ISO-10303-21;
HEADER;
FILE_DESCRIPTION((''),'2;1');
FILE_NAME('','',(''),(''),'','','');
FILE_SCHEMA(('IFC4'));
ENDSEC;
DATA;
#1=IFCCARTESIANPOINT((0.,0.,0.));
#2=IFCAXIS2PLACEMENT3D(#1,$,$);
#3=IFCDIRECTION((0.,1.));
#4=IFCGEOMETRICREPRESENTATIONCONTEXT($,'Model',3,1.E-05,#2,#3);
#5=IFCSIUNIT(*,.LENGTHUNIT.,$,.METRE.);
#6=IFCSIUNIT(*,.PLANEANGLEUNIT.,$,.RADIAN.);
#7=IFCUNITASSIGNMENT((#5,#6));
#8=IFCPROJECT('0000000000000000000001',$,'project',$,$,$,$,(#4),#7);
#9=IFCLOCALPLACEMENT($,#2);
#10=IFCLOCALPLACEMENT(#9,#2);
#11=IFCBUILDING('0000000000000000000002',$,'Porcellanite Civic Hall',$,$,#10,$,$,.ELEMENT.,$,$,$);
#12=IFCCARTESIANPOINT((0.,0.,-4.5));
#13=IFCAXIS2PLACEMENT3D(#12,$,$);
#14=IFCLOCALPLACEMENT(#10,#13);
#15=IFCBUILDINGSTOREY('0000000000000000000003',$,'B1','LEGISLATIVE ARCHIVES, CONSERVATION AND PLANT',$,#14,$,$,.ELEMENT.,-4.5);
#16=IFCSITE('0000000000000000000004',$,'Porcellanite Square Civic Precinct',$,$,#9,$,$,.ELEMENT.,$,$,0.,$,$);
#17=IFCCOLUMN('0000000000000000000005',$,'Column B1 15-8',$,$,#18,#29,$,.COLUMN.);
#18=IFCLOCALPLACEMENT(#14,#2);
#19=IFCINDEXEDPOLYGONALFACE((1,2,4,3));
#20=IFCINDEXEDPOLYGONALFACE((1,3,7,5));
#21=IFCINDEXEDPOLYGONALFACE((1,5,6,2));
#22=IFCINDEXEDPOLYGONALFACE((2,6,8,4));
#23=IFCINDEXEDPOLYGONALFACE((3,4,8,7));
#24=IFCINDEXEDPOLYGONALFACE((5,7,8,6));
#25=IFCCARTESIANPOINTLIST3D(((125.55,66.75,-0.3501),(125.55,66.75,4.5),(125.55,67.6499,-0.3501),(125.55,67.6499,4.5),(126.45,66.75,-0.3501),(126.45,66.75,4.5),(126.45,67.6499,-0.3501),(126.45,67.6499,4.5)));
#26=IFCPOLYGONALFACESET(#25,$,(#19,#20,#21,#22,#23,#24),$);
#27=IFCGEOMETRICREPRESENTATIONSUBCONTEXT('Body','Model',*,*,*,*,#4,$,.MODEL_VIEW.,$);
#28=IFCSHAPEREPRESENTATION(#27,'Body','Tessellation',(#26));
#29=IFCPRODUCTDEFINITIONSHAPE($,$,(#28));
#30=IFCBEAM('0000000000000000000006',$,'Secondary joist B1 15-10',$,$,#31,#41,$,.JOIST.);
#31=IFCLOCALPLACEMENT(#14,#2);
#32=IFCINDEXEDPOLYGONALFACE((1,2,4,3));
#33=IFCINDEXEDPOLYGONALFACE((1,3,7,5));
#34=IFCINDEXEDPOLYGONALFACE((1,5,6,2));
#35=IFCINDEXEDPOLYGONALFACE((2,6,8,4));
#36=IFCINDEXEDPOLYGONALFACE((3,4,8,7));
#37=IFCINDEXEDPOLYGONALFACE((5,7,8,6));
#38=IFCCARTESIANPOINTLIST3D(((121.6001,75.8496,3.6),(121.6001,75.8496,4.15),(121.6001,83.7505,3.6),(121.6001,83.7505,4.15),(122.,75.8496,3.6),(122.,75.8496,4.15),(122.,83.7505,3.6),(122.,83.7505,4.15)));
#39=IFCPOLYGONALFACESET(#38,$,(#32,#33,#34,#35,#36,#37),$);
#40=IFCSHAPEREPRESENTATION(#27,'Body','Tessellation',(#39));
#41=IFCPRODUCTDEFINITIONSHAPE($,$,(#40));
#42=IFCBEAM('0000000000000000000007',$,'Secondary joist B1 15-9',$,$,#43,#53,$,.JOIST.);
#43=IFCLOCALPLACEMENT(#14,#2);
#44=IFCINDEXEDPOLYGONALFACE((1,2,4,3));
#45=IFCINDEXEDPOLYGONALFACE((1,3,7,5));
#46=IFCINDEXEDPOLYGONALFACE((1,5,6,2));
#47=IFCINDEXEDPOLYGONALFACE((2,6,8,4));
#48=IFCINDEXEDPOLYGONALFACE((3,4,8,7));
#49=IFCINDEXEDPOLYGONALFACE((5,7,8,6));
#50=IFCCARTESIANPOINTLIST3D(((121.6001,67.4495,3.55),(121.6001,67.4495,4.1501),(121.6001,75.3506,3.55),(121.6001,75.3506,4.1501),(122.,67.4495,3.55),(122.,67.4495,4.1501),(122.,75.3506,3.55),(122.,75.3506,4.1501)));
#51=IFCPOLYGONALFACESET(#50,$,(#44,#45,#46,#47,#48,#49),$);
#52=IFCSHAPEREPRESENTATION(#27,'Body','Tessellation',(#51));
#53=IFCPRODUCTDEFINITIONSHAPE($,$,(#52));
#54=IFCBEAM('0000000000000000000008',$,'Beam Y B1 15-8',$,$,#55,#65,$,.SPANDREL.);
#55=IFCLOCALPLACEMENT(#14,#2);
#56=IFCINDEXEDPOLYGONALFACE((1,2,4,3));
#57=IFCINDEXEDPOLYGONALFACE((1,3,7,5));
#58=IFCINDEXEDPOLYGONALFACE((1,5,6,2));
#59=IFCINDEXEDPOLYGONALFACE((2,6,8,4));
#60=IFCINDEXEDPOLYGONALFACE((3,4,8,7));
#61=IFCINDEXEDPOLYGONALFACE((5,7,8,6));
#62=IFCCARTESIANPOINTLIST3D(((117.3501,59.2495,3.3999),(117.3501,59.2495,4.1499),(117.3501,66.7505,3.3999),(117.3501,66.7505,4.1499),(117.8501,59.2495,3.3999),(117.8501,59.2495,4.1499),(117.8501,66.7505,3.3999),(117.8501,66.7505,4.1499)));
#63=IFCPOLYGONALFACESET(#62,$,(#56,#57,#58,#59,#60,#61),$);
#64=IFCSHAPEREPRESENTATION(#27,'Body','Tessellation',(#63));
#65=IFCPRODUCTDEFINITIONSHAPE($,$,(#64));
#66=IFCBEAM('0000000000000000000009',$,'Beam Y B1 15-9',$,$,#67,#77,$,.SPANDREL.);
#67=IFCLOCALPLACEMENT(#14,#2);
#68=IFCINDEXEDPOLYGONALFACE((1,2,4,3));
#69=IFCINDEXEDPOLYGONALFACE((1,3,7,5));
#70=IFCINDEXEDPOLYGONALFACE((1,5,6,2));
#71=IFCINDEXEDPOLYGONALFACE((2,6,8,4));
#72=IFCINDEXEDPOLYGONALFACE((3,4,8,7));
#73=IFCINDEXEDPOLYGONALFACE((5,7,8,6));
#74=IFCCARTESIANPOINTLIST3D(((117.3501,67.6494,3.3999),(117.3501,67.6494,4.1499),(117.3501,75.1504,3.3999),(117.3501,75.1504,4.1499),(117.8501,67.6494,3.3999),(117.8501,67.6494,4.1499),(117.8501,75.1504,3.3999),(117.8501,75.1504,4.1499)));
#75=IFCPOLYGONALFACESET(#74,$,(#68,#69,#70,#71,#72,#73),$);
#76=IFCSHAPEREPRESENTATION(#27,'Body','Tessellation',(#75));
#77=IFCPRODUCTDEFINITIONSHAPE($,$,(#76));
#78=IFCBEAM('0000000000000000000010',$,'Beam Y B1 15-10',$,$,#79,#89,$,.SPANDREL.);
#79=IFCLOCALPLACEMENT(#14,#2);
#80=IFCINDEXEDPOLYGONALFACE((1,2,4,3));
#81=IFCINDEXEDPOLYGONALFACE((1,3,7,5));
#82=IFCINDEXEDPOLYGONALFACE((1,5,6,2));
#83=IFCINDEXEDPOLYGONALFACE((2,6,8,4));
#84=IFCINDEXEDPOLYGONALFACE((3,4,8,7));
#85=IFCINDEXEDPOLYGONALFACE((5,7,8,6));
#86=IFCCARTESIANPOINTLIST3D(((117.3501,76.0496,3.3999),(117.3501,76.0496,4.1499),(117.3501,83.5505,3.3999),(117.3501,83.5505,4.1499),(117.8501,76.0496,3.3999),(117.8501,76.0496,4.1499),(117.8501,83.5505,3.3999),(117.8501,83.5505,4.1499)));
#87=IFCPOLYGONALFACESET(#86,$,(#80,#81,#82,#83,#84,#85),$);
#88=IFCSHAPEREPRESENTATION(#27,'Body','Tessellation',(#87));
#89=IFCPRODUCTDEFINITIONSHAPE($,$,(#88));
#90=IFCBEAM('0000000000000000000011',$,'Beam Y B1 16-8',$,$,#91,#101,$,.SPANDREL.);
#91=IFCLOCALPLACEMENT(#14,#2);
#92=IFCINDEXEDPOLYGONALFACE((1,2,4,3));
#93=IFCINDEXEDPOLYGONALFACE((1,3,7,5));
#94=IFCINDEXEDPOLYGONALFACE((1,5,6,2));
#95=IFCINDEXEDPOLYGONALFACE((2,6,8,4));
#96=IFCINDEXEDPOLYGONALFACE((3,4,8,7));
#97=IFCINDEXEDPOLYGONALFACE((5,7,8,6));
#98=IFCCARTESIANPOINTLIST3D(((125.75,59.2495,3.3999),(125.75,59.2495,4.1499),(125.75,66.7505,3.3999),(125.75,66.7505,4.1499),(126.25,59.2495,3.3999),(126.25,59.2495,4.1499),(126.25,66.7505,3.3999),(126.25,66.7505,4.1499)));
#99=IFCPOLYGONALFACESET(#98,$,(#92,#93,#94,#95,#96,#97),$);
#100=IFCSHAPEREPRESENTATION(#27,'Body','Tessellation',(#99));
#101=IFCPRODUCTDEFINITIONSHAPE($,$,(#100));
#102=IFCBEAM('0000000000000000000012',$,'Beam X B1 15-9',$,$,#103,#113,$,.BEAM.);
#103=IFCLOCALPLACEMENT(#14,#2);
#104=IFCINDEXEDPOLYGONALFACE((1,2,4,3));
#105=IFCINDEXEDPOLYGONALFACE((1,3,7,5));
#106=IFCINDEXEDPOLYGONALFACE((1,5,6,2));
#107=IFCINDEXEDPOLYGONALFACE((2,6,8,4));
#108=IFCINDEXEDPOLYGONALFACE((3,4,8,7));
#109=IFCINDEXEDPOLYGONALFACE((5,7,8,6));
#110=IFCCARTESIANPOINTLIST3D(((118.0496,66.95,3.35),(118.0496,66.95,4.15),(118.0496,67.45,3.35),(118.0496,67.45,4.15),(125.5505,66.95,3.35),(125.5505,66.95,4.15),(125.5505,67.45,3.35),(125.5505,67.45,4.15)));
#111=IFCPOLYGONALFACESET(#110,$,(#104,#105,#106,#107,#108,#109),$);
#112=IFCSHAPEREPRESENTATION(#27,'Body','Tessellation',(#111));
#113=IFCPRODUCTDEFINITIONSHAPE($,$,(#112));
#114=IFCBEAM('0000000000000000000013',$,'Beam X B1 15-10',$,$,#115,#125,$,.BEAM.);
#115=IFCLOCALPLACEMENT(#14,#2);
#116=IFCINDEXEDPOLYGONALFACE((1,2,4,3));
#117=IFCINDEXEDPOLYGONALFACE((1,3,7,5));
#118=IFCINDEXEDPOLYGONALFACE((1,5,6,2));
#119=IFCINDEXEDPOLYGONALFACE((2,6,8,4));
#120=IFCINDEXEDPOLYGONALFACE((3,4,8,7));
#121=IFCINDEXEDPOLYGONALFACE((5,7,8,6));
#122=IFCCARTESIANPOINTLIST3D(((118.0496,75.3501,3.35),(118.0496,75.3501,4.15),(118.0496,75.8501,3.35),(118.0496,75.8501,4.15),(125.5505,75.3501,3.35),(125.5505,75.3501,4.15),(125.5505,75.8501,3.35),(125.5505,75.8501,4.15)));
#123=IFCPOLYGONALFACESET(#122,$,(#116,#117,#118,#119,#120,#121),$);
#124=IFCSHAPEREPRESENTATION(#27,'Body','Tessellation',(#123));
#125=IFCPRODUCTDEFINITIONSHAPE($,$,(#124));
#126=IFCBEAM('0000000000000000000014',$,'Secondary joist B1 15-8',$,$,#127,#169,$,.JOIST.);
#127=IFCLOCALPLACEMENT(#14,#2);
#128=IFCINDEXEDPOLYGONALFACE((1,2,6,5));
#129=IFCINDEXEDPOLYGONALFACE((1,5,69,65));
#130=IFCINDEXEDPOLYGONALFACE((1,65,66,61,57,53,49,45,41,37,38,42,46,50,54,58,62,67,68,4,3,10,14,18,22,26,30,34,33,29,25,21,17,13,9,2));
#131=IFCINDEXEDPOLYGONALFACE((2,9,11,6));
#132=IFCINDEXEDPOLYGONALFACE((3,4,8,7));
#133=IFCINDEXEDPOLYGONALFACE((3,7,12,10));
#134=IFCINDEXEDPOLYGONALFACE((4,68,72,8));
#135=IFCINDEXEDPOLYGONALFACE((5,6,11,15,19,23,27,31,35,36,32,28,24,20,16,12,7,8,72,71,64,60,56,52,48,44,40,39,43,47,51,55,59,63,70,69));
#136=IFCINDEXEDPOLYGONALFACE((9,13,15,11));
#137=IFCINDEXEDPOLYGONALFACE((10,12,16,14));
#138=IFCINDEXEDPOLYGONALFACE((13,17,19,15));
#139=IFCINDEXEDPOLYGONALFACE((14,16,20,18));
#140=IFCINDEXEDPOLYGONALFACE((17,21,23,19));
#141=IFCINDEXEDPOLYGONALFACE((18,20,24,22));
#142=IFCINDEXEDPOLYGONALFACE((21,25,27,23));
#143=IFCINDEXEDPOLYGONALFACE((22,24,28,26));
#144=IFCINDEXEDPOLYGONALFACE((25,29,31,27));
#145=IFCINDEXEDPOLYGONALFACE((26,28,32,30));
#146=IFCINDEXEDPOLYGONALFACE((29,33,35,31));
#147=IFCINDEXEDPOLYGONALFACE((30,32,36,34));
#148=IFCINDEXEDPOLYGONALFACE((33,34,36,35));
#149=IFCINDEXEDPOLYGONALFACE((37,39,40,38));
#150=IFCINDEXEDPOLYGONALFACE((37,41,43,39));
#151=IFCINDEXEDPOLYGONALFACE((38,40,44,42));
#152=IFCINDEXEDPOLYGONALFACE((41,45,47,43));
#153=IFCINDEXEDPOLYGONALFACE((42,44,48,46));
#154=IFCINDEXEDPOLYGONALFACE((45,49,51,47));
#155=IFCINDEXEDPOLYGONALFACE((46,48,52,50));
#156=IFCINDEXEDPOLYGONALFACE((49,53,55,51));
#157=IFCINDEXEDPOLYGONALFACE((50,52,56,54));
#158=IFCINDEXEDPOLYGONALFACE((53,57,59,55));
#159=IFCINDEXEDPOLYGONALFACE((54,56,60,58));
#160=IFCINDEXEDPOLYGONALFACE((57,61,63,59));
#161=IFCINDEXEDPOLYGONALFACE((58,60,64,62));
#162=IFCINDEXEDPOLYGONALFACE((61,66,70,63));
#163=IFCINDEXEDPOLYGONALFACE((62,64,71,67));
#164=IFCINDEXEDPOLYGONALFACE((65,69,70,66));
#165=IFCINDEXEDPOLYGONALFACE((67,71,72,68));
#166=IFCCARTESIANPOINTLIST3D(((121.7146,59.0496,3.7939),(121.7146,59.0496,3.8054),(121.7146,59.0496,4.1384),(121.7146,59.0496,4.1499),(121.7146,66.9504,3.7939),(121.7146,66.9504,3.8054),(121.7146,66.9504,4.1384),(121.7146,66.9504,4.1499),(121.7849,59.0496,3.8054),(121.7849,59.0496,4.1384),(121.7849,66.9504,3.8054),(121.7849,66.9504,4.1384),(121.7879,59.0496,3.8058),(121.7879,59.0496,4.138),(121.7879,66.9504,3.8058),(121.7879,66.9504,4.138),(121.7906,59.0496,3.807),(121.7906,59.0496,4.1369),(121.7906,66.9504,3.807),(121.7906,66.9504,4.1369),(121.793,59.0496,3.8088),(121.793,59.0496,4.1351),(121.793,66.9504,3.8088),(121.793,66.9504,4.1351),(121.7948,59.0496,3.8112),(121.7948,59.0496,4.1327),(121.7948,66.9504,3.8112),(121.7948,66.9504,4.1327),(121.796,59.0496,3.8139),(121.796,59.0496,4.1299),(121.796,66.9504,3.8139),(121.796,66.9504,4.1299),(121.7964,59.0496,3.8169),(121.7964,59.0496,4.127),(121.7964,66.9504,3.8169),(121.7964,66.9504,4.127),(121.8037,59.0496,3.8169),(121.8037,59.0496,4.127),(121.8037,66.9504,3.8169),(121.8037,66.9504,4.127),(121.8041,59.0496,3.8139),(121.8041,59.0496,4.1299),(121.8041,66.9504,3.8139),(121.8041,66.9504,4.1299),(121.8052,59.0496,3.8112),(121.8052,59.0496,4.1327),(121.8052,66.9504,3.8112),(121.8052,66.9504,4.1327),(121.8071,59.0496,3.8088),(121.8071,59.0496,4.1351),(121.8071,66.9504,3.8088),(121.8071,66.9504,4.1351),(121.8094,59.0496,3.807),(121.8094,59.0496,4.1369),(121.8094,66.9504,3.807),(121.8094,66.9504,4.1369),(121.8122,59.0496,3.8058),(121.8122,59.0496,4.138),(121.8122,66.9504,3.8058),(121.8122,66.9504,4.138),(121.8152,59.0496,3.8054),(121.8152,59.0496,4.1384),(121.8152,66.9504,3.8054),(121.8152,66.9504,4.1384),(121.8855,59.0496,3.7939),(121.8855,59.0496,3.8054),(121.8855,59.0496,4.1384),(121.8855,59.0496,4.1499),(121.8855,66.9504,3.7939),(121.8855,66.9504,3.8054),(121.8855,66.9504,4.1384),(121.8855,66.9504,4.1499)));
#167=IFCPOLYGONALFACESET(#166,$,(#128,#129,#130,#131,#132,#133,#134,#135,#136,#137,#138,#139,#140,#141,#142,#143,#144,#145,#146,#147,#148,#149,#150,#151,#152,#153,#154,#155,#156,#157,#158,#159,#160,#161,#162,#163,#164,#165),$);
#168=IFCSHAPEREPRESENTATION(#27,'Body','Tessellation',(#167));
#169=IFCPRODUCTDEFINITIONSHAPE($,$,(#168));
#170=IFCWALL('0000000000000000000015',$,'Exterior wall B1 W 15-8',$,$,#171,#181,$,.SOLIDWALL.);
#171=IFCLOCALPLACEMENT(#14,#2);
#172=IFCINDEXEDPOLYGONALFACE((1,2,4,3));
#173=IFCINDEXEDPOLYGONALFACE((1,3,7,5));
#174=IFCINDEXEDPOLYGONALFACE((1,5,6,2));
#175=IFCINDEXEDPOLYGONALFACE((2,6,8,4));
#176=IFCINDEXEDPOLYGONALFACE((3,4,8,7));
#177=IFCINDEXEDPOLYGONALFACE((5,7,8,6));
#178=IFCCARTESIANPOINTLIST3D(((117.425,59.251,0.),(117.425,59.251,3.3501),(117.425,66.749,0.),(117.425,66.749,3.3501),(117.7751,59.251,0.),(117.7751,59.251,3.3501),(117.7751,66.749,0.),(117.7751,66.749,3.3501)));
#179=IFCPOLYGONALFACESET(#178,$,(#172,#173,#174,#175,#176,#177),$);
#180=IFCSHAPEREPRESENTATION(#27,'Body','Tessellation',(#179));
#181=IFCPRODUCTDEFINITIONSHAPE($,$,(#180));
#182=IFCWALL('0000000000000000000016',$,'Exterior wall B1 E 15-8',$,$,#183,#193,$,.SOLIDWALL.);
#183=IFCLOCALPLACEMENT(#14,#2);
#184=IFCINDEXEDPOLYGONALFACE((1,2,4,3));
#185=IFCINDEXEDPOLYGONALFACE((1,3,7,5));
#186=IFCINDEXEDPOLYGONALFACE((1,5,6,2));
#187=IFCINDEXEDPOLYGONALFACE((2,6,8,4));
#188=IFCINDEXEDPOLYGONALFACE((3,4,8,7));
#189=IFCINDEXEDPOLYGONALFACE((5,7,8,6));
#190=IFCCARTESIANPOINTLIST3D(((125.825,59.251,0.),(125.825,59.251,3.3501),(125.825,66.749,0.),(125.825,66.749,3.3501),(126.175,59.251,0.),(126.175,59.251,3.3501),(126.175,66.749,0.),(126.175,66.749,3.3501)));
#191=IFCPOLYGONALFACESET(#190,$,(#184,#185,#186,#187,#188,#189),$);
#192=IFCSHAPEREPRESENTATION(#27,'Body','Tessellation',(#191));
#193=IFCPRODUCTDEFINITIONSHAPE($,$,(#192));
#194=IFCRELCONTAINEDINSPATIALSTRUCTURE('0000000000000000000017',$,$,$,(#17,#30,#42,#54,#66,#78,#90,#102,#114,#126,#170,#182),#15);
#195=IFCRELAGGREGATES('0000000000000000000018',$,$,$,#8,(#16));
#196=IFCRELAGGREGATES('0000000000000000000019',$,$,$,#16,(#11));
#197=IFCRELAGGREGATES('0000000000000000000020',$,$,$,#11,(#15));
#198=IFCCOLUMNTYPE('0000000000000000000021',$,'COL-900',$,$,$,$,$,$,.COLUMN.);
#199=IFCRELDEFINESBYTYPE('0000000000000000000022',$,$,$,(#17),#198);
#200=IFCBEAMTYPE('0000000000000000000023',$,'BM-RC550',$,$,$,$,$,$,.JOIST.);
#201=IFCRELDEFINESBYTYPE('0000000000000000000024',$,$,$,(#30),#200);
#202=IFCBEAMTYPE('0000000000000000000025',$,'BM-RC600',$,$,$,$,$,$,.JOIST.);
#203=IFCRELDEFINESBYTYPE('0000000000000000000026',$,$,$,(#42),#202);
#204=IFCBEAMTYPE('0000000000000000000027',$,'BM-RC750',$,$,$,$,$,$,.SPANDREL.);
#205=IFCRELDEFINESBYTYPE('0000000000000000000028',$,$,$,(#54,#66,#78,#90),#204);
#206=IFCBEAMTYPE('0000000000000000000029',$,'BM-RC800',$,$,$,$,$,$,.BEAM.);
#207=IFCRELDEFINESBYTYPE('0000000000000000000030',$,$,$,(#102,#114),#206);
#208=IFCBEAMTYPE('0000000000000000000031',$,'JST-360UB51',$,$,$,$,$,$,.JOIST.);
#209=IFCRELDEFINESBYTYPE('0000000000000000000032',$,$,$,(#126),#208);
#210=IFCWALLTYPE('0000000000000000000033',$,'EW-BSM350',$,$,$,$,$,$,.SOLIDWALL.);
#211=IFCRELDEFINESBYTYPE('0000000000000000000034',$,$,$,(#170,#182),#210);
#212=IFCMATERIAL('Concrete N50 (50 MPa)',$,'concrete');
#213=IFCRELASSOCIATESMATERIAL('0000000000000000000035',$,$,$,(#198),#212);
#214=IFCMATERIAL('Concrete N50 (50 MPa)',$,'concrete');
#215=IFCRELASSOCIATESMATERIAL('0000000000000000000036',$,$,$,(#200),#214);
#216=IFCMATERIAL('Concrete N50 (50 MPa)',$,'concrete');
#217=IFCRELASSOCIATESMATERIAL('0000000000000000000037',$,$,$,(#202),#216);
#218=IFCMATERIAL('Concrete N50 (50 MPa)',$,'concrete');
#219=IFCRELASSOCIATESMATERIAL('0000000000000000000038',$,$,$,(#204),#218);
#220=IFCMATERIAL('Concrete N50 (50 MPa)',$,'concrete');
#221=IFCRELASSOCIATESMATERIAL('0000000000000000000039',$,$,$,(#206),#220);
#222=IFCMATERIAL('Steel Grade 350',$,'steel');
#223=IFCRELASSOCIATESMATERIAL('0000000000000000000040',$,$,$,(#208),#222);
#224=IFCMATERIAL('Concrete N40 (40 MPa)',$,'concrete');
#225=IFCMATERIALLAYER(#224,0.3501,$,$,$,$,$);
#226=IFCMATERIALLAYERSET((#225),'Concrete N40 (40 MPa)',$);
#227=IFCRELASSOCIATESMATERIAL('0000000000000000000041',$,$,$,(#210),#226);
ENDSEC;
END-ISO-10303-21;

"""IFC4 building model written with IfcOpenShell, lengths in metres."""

from ifc_helpers import new_model, si_unit, direction, frame, frame_2d, origin, origin_2d, place, context, subcontext, project, spatial, rectangle, i_section, extrude, material, layer, layer_set, material_profile, profile_set, type_object, element, save


model = new_model("IFC4")

# Units and contexts
model_context = context("Model", 3, precision=1e-05, world=origin(), true_north=direction((0.0, 1.0)))
body_context = subcontext(model_context, "Body", "Model", "MODEL_VIEW")
ifc_project = project(units=[si_unit("LENGTHUNIT", "METRE"), si_unit("PLANEANGLEUNIT", "RADIAN")], contexts=[model_context])

# Site, building, storey
site_placement = place(None, origin())
site = spatial("IfcSite", under=ifc_project, at=site_placement, Name="Porcellanite Square Civic Precinct", CompositionType="ELEMENT", RefElevation=0.0)
building_placement = place(site_placement, origin())
building = spatial("IfcBuilding", under=site, at=building_placement, Name="Porcellanite Civic Hall", CompositionType="ELEMENT")
storey_placement = place(building_placement, frame((0.0, 0.0, -4.5)))
storey = spatial("IfcBuildingStorey", under=building, at=storey_placement, Name="B1", Description="LEGISLATIVE ARCHIVES, CONSERVATION AND PLANT", CompositionType="ELEMENT", Elevation=-4.5)

# Column
ifc_material_1 = material(Name="Concrete N50 (50 MPa)", Category="concrete")
ifc_material_profile_1 = material_profile(ifc_material_1, rectangle(XDim=0.8999, YDim=0.8999, at=origin_2d()), Name="RC-900x900")
ifc_profile_set_1 = profile_set([ifc_material_profile_1], Name="Concrete N50 (50 MPa)")
column_type = type_object("IfcColumnType", Name="COL-900", PredefinedType="COLUMN", material=ifc_profile_set_1)
for number, where, z_axis, x_axis, name in (
    (1, (126.0, 67.2, -0.3501), (0.0, 0.0, 1.0), (1.0, 0.0, 0.0), "Column B1 15-8"),
):
    element("IfcColumn", number, at=place(storey_placement, frame(where, z_axis=z_axis, x_axis=x_axis)), inside=storey, type_object=column_type, Name=name, PredefinedType="COLUMN", context=body_context, shape_type="SweptSolid", body=[
        extrude(rectangle(XDim=0.8999, YDim=0.8999, at=origin_2d()), origin(), (0.0, 0.0, 1.0), 4.8501),
    ])

# Beams
ifc_material_2 = material(Name="Concrete N50 (50 MPa)", Category="concrete")
ifc_material_profile_2 = material_profile(ifc_material_2, rectangle(XDim=0.3999, YDim=0.55, at=origin_2d()), Name="RC-400x550")
ifc_profile_set_2 = profile_set([ifc_material_profile_2], Name="Concrete N50 (50 MPa)")
beam_type_1 = type_object("IfcBeamType", Name="BM-RC550", PredefinedType="JOIST", material=ifc_profile_set_2)
beam_1_placement = place(storey_placement, frame((121.8, 75.8496, 3.875), z_axis=(0.0, 1.0, 0.0), x_axis=(-1.0, 0.0, 0.0)))
element("IfcBeam", 2, at=beam_1_placement, inside=storey, type_object=beam_type_1, Name="Secondary joist B1 15-10", PredefinedType="JOIST", context=body_context, shape_type="SweptSolid", body=[
    extrude(rectangle(XDim=0.3999, YDim=0.55, at=origin_2d()), origin(), (0.0, 0.0, 1.0), 7.9009),
])
ifc_material_3 = material(Name="Concrete N50 (50 MPa)", Category="concrete")
ifc_material_profile_3 = material_profile(ifc_material_3, rectangle(XDim=0.3999, YDim=0.6001, at=origin_2d()), Name="RC-400x600")
ifc_profile_set_3 = profile_set([ifc_material_profile_3], Name="Concrete N50 (50 MPa)")
beam_type_2 = type_object("IfcBeamType", Name="BM-RC600", PredefinedType="JOIST", material=ifc_profile_set_3)
beam_2_placement = place(storey_placement, frame((121.8, 67.4495, 3.8501), z_axis=(0.0, 1.0, 0.0), x_axis=(-1.0, 0.0, 0.0)))
element("IfcBeam", 3, at=beam_2_placement, inside=storey, type_object=beam_type_2, Name="Secondary joist B1 15-9", PredefinedType="JOIST", context=body_context, shape_type="SweptSolid", body=[
    extrude(rectangle(XDim=0.3999, YDim=0.6001, at=origin_2d()), origin(), (0.0, 0.0, 1.0), 7.9011),
])
ifc_material_4 = material(Name="Concrete N50 (50 MPa)", Category="concrete")
ifc_material_profile_4 = material_profile(ifc_material_4, rectangle(XDim=0.5, YDim=0.75, at=origin_2d()), Name="RC-500x750")
ifc_profile_set_4 = profile_set([ifc_material_profile_4], Name="Concrete N50 (50 MPa)")
beam_type_3 = type_object("IfcBeamType", Name="BM-RC750", PredefinedType="SPANDREL", material=ifc_profile_set_4)
for number, where, z_axis, x_axis, name in (
    (4, (117.6001, 59.2495, 3.7749), (0.0, 1.0, 0.0), (-1.0, 0.0, 0.0), "Beam Y B1 15-8"),
    (5, (117.6001, 67.6494, 3.7749), (0.0, 1.0, 0.0), (-1.0, 0.0, 0.0), "Beam Y B1 15-9"),
    (6, (117.6001, 76.0496, 3.7749), (0.0, 1.0, 0.0), (-1.0, 0.0, 0.0), "Beam Y B1 15-10"),
    (7, (126.0, 59.2495, 3.7749), (0.0, 1.0, 0.0), (-1.0, 0.0, 0.0), "Beam Y B1 16-8"),
):
    element("IfcBeam", number, at=place(storey_placement, frame(where, z_axis=z_axis, x_axis=x_axis)), inside=storey, type_object=beam_type_3, Name=name, PredefinedType="SPANDREL", context=body_context, shape_type="SweptSolid", body=[
        extrude(rectangle(XDim=0.5, YDim=0.75, at=origin_2d()), origin(), (0.0, 0.0, 1.0), 7.501),
    ])
ifc_material_5 = material(Name="Concrete N50 (50 MPa)", Category="concrete")
ifc_material_profile_5 = material_profile(ifc_material_5, rectangle(XDim=0.5, YDim=0.8, at=origin_2d()), Name="RC-500x800")
ifc_profile_set_5 = profile_set([ifc_material_profile_5], Name="Concrete N50 (50 MPa)")
beam_type_4 = type_object("IfcBeamType", Name="BM-RC800", PredefinedType="BEAM", material=ifc_profile_set_5)
for number, where, z_axis, x_axis, name in (
    (8, (118.0496, 67.2, 3.75), (1.0, 0.0, 0.0), (0.0, 1.0, 0.0), "Beam X B1 15-9"),
    (9, (118.0496, 75.6001, 3.75), (1.0, 0.0, 0.0), (0.0, 1.0, 0.0), "Beam X B1 15-10"),
):
    element("IfcBeam", number, at=place(storey_placement, frame(where, z_axis=z_axis, x_axis=x_axis)), inside=storey, type_object=beam_type_4, Name=name, PredefinedType="BEAM", context=body_context, shape_type="SweptSolid", body=[
        extrude(rectangle(XDim=0.5, YDim=0.8, at=origin_2d()), origin(), (0.0, 0.0, 1.0), 7.501),
    ])
ifc_material_6 = material(Name="Steel Grade 350", Category="steel")
ifc_material_profile_6 = material_profile(ifc_material_6, i_section(OverallWidth=0.1709, OverallDepth=0.356, WebThickness=0.0073, FlangeThickness=0.0115, FilletRadius=0.0115, at=origin_2d()), Name="360UB50.7")
ifc_profile_set_6 = profile_set([ifc_material_profile_6], Name="Steel Grade 350")
beam_type_5 = type_object("IfcBeamType", Name="JST-360UB51", PredefinedType="JOIST", material=ifc_profile_set_6)
beam_3_placement = place(storey_placement, frame((121.8, 59.0496, 3.9719), z_axis=(0.0, 1.0, 0.0), x_axis=(-1.0, 0.0, 0.0)))
element("IfcBeam", 10, at=beam_3_placement, inside=storey, type_object=beam_type_5, Name="Secondary joist B1 15-8", PredefinedType="JOIST", context=body_context, shape_type="SweptSolid", body=[
    extrude(i_section(OverallWidth=0.1709, OverallDepth=0.356, WebThickness=0.0073, FlangeThickness=0.0115, FilletRadius=0.0115, at=origin_2d()), origin(), (0.0, 0.0, 1.0), 7.9009),
])

# Walls
ifc_material_7 = material(Name="Concrete N40 (40 MPa)", Category="concrete")
ifc_layer = layer(ifc_material_7, 0.3501)
ifc_layer_set = layer_set([ifc_layer], Name="Concrete N40 (40 MPa)")
wall_type = type_object("IfcWallType", Name="EW-BSM350", PredefinedType="SOLIDWALL", material=ifc_layer_set)
for number, where, z_axis, x_axis, name in (
    (11, (117.6001, 59.251, 0.0), (0.0, 0.0, 1.0), (0.0, 1.0, 0.0), "Exterior wall B1 W 15-8"),
    (12, (126.0, 66.749, 0.0), (0.0, 0.0, 1.0), (0.0, -1.0, 0.0), "Exterior wall B1 E 15-8"),
):
    element("IfcWall", number, at=place(storey_placement, frame(where, z_axis=z_axis, x_axis=x_axis)), inside=storey, type_object=wall_type, Name=name, PredefinedType="SOLIDWALL", context=body_context, shape_type="SweptSolid", body=[
        extrude(rectangle(XDim=7.498, YDim=0.3501, at=frame_2d((3.749, 0.0))), origin(), (0.0, 0.0, 1.0), 3.3501),
    ])

save(model, "model.ifc")
